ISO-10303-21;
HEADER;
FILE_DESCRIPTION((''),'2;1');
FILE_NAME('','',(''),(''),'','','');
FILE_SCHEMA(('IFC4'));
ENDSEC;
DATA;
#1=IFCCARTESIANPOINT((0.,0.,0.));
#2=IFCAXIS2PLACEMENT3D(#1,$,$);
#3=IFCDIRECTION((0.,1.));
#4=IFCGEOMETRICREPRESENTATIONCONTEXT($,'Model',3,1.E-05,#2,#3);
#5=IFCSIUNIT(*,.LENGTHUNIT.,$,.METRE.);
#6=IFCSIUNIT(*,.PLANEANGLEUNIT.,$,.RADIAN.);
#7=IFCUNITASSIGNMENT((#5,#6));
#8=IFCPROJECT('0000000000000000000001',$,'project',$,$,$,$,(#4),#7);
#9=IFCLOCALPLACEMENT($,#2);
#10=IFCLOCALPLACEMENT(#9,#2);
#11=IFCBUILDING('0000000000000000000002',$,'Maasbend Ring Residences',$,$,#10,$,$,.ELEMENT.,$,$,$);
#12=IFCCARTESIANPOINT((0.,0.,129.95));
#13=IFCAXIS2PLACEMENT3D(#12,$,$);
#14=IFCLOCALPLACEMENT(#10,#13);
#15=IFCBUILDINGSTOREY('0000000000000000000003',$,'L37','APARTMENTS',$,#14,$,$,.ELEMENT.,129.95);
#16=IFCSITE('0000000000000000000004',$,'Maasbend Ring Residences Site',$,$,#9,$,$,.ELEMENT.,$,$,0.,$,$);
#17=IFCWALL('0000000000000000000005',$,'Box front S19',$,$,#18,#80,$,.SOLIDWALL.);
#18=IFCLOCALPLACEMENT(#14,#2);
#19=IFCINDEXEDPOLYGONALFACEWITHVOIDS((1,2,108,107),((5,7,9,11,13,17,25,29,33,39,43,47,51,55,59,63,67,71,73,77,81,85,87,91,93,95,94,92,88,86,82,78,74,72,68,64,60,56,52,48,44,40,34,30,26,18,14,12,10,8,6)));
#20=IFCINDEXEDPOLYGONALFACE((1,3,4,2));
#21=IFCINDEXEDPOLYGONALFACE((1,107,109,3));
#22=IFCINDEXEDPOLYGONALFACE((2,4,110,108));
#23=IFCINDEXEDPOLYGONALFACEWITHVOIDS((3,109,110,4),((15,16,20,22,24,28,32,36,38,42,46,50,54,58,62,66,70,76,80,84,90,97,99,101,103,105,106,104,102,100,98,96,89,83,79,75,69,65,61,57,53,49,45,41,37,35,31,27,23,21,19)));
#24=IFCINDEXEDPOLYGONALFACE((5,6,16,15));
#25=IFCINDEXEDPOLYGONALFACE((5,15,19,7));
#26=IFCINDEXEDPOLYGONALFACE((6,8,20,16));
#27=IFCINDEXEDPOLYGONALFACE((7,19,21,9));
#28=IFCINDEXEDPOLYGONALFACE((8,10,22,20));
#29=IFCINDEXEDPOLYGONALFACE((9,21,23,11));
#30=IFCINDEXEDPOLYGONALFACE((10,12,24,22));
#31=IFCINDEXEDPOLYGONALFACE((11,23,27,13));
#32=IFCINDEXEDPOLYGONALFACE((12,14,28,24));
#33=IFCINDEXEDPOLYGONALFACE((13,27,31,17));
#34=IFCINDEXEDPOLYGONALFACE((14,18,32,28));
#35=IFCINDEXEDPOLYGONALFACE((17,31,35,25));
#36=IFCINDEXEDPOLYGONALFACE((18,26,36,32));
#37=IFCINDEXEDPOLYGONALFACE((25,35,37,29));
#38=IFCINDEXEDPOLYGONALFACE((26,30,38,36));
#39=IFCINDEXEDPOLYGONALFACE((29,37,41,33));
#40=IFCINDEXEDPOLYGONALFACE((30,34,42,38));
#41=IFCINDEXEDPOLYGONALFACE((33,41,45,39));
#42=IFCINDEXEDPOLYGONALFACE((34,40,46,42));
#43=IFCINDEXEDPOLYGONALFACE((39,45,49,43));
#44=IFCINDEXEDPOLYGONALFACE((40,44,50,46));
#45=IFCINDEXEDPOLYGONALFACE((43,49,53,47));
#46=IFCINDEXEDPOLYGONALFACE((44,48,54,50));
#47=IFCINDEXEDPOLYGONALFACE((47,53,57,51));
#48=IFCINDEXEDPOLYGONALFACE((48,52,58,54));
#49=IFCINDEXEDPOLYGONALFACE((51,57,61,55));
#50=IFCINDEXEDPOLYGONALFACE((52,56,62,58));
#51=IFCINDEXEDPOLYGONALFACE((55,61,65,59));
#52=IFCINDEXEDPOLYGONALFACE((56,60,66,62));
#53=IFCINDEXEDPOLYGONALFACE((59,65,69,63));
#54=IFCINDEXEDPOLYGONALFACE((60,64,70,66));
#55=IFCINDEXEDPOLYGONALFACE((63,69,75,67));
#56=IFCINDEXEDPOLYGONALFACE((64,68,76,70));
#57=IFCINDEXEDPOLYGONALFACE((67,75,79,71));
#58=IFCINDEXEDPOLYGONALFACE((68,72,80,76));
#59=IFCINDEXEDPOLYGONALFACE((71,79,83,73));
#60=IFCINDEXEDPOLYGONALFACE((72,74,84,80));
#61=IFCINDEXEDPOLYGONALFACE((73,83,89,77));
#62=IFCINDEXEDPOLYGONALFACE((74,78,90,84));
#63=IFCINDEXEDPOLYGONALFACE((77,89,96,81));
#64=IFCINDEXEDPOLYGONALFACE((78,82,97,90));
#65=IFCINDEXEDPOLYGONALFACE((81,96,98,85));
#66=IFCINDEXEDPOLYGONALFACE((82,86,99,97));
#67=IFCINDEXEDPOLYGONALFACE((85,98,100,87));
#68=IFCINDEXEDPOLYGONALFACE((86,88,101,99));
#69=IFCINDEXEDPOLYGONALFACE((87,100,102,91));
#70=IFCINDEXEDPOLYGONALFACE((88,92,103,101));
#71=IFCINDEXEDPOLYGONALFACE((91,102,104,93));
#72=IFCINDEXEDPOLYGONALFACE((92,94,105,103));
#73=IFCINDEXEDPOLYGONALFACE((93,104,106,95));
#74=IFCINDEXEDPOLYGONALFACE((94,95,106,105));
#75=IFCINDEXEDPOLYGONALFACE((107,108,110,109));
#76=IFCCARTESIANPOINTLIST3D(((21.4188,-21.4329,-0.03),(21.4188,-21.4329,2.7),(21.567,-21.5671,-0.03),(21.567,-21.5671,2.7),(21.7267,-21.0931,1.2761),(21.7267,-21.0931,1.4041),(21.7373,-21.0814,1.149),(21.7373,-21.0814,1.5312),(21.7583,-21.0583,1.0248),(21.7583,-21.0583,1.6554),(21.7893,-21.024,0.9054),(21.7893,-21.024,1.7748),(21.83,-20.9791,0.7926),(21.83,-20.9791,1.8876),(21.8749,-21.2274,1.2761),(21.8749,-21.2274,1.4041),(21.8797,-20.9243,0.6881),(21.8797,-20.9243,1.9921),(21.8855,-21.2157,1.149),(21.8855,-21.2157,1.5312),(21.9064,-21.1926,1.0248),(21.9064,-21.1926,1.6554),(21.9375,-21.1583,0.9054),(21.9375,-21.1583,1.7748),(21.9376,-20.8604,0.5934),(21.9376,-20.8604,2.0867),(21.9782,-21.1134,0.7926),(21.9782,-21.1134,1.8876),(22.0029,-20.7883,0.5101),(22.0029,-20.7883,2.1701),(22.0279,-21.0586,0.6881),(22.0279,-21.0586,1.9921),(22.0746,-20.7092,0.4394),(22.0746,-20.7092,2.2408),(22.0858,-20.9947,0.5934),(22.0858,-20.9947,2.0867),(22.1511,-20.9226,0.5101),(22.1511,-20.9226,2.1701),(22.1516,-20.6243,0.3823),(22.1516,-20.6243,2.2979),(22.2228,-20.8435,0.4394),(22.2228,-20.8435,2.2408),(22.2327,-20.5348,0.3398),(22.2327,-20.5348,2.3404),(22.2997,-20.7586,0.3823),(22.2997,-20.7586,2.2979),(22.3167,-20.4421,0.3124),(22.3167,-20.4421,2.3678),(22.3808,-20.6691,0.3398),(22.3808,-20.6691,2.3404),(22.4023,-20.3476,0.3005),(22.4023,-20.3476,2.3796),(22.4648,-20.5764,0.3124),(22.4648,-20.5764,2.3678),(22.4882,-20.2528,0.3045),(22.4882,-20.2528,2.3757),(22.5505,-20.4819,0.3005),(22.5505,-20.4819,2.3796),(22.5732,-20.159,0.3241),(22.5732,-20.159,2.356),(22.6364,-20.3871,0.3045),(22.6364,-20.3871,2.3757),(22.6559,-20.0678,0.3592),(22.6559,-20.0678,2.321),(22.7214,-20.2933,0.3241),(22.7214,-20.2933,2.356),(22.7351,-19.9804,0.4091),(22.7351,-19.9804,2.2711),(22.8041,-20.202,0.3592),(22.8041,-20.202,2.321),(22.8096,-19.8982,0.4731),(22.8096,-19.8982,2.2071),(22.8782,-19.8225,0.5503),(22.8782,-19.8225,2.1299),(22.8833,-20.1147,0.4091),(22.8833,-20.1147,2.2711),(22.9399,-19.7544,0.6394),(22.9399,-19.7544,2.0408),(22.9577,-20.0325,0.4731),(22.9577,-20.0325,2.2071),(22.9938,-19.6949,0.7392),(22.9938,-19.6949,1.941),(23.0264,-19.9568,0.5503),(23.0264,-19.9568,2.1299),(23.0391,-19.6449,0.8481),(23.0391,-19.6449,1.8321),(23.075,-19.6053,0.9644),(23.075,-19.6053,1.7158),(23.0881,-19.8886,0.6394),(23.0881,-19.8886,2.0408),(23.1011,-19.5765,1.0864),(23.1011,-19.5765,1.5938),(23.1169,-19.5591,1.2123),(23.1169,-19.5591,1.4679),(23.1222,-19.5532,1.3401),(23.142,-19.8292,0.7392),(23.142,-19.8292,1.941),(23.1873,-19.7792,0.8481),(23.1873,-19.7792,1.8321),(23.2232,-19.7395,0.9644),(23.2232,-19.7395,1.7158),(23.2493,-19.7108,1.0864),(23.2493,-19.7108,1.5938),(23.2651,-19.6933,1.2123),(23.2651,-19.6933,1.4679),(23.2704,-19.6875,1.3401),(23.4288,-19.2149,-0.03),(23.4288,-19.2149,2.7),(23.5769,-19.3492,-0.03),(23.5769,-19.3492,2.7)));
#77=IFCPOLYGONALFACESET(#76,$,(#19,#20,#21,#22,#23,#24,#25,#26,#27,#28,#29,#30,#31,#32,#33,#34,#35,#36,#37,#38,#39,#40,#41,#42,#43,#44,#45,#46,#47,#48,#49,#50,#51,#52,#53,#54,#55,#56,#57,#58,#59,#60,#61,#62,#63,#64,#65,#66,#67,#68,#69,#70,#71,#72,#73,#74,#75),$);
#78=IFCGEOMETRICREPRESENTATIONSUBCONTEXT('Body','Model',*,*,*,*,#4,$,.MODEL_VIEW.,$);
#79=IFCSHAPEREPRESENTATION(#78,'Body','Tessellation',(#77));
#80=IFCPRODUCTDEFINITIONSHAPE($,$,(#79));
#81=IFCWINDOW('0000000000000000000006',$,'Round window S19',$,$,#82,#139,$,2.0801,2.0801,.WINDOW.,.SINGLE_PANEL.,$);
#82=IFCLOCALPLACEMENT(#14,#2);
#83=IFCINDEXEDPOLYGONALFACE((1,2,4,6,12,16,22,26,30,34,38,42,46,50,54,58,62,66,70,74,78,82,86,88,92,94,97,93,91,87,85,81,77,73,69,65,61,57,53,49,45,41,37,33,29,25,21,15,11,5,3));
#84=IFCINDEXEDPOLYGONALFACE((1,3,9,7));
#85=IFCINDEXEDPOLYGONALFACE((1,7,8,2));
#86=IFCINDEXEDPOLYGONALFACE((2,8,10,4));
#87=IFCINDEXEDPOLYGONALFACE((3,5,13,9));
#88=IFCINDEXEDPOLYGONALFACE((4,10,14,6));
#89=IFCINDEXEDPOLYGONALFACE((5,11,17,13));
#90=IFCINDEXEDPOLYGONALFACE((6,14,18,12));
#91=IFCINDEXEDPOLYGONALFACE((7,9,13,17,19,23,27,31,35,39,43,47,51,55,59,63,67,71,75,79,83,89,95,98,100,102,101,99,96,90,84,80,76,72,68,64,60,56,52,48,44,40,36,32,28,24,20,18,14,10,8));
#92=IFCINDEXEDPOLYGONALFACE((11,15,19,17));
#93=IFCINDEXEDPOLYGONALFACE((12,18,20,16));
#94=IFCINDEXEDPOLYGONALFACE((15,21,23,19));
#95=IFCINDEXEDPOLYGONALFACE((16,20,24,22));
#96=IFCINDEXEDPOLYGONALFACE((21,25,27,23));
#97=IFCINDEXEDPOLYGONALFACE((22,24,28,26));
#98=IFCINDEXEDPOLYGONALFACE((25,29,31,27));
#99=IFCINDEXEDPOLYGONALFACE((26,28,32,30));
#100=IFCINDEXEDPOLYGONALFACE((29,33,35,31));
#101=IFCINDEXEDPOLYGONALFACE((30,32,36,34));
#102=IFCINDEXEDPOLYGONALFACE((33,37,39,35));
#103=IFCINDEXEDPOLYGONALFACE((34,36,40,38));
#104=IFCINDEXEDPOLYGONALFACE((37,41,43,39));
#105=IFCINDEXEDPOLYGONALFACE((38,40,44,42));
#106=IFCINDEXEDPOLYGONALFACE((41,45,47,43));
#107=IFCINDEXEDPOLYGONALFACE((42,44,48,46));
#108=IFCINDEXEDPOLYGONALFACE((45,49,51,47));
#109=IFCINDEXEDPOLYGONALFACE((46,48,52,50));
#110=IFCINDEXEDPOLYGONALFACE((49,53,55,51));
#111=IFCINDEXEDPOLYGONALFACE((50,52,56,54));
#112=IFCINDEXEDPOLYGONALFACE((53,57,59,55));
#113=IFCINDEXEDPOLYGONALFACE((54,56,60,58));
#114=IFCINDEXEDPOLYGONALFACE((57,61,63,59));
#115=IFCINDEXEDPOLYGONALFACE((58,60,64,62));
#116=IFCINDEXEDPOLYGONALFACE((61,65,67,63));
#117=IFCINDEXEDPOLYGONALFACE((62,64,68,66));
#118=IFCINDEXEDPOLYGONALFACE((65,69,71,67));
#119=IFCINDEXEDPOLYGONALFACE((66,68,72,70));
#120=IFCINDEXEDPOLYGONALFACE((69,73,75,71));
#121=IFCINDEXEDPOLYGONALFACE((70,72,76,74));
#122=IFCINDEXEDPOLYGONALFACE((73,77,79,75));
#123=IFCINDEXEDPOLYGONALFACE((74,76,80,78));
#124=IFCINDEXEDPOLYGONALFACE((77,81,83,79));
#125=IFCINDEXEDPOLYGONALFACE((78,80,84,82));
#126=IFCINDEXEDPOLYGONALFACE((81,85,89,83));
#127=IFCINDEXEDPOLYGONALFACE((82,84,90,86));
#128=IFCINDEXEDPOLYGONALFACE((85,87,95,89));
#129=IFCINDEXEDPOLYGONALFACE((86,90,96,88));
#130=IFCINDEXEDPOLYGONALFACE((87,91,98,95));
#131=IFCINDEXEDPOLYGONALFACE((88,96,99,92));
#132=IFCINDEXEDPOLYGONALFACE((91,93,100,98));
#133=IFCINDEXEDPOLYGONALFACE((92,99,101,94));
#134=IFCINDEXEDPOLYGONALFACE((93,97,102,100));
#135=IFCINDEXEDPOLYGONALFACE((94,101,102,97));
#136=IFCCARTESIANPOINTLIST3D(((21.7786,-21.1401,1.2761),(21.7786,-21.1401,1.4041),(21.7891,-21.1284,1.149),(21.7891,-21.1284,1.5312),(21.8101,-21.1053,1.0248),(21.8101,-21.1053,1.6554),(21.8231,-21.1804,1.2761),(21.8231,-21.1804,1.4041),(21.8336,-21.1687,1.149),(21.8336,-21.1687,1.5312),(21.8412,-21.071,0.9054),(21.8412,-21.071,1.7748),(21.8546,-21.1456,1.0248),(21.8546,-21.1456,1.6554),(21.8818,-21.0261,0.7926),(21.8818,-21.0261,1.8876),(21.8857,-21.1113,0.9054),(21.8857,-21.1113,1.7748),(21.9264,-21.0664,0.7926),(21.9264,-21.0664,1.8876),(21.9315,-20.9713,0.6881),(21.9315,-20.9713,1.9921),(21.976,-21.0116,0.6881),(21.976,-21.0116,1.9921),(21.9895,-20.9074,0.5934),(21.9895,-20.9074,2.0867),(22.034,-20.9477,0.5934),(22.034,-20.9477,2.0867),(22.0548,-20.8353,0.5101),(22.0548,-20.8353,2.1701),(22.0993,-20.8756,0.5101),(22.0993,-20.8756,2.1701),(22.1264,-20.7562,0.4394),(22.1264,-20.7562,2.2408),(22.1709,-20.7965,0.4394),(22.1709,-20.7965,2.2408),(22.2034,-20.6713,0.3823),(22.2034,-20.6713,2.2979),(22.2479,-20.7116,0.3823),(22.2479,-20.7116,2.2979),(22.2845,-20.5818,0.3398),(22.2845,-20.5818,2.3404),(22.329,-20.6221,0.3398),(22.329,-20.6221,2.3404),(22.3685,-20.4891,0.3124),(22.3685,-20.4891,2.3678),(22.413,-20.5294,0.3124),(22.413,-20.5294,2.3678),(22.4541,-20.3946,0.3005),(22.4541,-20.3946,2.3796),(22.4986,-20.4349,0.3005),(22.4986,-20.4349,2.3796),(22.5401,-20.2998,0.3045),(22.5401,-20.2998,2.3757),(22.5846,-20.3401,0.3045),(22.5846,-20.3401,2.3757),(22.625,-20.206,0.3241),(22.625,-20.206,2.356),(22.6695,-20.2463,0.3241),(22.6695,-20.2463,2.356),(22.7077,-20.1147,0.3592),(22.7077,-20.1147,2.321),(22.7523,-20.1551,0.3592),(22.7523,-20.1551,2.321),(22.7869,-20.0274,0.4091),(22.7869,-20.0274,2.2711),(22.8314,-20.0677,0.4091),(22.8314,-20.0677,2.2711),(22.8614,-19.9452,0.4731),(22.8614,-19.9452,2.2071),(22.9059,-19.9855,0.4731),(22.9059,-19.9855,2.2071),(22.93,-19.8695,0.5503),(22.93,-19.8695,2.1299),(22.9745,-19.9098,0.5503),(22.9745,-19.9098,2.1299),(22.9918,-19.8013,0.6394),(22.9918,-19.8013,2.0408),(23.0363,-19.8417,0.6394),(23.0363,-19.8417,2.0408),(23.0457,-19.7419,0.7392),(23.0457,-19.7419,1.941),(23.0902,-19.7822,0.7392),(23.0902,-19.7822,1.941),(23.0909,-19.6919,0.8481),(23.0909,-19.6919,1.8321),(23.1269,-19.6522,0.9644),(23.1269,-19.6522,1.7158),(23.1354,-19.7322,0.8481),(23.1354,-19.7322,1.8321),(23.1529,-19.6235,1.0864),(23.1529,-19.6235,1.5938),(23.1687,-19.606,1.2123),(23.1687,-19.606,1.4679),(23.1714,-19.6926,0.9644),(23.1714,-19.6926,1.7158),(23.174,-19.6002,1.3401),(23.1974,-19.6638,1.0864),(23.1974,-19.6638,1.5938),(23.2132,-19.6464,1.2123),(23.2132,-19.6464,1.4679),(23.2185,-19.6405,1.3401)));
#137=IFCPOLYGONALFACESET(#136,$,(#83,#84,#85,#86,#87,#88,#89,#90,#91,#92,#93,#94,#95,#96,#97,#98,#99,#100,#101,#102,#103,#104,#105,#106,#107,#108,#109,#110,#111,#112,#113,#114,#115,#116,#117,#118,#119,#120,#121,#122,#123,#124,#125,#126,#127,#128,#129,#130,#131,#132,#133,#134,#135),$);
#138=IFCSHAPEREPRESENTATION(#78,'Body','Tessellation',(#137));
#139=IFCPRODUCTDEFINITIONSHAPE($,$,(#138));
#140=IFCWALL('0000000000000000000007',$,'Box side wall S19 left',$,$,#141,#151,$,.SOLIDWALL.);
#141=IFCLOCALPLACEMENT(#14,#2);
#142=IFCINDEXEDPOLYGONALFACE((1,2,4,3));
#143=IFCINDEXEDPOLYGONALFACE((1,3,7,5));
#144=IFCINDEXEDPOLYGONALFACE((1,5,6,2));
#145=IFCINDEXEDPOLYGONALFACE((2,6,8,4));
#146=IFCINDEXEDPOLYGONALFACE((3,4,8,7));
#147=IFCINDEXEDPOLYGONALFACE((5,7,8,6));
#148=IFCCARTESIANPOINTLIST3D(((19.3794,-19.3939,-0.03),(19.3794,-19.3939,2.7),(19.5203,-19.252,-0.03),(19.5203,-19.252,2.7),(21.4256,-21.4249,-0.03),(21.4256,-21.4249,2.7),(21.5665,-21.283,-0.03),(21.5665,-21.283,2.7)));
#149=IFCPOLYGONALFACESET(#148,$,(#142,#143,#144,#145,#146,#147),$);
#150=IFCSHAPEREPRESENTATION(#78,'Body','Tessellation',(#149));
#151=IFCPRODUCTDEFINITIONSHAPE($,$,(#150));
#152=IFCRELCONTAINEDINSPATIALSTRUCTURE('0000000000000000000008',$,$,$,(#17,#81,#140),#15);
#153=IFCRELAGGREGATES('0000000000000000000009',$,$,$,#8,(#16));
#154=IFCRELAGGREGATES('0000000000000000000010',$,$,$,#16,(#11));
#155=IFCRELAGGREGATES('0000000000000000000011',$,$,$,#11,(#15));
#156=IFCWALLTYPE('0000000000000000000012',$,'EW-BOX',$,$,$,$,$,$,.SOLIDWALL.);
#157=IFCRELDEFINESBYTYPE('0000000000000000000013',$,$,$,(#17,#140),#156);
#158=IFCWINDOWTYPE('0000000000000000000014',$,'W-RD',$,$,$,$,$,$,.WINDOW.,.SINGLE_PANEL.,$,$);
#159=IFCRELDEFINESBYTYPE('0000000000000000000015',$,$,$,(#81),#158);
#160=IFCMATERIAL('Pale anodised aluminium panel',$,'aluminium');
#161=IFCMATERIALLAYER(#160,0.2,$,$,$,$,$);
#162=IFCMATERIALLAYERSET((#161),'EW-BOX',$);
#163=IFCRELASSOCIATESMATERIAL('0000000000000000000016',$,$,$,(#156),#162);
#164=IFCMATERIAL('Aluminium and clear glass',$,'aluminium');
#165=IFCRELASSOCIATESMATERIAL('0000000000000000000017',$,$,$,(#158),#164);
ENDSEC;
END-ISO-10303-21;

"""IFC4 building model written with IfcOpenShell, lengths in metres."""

from ifc_helpers import new_model, si_unit, direction, frame, frame_2d, origin, place, context, subcontext, project, spatial, rectangle, circle, extrude, material, layer, layer_set, type_object, element, fill, save


model = new_model("IFC4")

# Units and contexts
model_context = context("Model", 3, precision=1e-05, world=origin(), true_north=direction((0.0, 1.0)))
body_context = subcontext(model_context, "Body", "Model", "MODEL_VIEW")
ifc_project = project(units=[si_unit("LENGTHUNIT", "METRE"), si_unit("PLANEANGLEUNIT", "RADIAN")], contexts=[model_context])

# Site, building, storey
site_placement = place(None, origin())
site = spatial("IfcSite", under=ifc_project, at=site_placement, Name="Maasbend Ring Residences Site", CompositionType="ELEMENT", RefElevation=0.0)
building_placement = place(site_placement, origin())
building = spatial("IfcBuilding", under=site, at=building_placement, Name="Maasbend Ring Residences", CompositionType="ELEMENT")
storey_placement = place(building_placement, frame((0.0, 0.0, 129.95)))
storey = spatial("IfcBuildingStorey", under=building, at=storey_placement, Name="L37", Description="APARTMENTS", CompositionType="ELEMENT", Elevation=129.95)

# Shared definitions
ifc_material_1 = material(Name="Pale anodised aluminium panel", Category="aluminium")
ifc_layer_1 = layer(ifc_material_1, 0.2)
ifc_layer_set_1 = layer_set([ifc_layer_1], Name="EW-BOX")
wall_type_1 = type_object("IfcWallType", Name="EW-BOX", PredefinedType="SOLIDWALL", material=ifc_layer_set_1)
ifc_material_2 = material(Name="Aluminium and clear glass", Category="aluminium")
window_type_1 = type_object("IfcWindowType", Name="W-RD", PartitioningType="SINGLE_PANEL", PredefinedType="WINDOW", material=ifc_material_2)

# Wall, opening, window
wall_1_placement = place(storey_placement, frame((21.4929, -21.5, -0.03), z_axis=(0.0, 0.0, 1.0), x_axis=(0.671507, 0.740998, 0.0)))
wall_1 = element("IfcWall", 1, at=wall_1_placement, inside=storey, type_object=wall_type_1, Name="Box front S19", PredefinedType="SOLIDWALL", context=body_context, shape_type="SweptSolid", body=[
    extrude(rectangle(XDim=2.9932, YDim=0.2, at=frame_2d((1.4966, 0.0))), origin(), (0.0, 0.0, 1.0), 2.73),
])
opening_1_placement = place(wall_1_placement, frame((0.4565, 0.0, 0.3301)))
opening_1 = element("IfcOpeningElement", 2, at=opening_1_placement, cuts=wall_1, PredefinedType="OPENING", context=body_context, shape_type="SweptSolid", body=[
    extrude(circle(Radius=1.04, at=frame_2d((1.04, 1.04))), frame((0.0, 0.1099, 0.0), z_axis=(0.0, -1.0, 0.0), x_axis=(1.0, 0.0, 0.0)), (0.0, 0.0, 1.0), 0.22),
])
window_1_placement = place(opening_1_placement, origin())
window_1 = element("IfcWindow", 3, at=window_1_placement, inside=storey, type_object=window_type_1, Name="Round window S19", OverallHeight=2.0801, OverallWidth=2.0801, PartitioningType="SINGLE_PANEL", PredefinedType="WINDOW", context=body_context, shape_type="SweptSolid", body=[
    extrude(circle(Radius=1.04, at=frame_2d((1.04, 1.04))), frame((0.0, 0.03, 0.0), z_axis=(0.0, -1.0, 0.0), x_axis=(1.0, 0.0, 0.0)), (0.0, 0.0, 1.0), 0.0601),
])
fill(opening_1, window_1)

# Wall
wall_2_placement = place(storey_placement, frame((19.45, -19.323, -0.03), z_axis=(0.0, 0.0, 1.0), x_axis=(0.709727, -0.704477, 0.0)))
element("IfcWall", 4, at=wall_2_placement, inside=storey, type_object=wall_type_1, Name="Box side wall S19 left", PredefinedType="SOLIDWALL", context=body_context, shape_type="SweptSolid", body=[
    extrude(rectangle(XDim=2.8831, YDim=0.2, at=frame_2d((1.4414, 0.0))), origin(), (0.0, 0.0, 1.0), 2.73),
])

save(model, "model.ifc")
